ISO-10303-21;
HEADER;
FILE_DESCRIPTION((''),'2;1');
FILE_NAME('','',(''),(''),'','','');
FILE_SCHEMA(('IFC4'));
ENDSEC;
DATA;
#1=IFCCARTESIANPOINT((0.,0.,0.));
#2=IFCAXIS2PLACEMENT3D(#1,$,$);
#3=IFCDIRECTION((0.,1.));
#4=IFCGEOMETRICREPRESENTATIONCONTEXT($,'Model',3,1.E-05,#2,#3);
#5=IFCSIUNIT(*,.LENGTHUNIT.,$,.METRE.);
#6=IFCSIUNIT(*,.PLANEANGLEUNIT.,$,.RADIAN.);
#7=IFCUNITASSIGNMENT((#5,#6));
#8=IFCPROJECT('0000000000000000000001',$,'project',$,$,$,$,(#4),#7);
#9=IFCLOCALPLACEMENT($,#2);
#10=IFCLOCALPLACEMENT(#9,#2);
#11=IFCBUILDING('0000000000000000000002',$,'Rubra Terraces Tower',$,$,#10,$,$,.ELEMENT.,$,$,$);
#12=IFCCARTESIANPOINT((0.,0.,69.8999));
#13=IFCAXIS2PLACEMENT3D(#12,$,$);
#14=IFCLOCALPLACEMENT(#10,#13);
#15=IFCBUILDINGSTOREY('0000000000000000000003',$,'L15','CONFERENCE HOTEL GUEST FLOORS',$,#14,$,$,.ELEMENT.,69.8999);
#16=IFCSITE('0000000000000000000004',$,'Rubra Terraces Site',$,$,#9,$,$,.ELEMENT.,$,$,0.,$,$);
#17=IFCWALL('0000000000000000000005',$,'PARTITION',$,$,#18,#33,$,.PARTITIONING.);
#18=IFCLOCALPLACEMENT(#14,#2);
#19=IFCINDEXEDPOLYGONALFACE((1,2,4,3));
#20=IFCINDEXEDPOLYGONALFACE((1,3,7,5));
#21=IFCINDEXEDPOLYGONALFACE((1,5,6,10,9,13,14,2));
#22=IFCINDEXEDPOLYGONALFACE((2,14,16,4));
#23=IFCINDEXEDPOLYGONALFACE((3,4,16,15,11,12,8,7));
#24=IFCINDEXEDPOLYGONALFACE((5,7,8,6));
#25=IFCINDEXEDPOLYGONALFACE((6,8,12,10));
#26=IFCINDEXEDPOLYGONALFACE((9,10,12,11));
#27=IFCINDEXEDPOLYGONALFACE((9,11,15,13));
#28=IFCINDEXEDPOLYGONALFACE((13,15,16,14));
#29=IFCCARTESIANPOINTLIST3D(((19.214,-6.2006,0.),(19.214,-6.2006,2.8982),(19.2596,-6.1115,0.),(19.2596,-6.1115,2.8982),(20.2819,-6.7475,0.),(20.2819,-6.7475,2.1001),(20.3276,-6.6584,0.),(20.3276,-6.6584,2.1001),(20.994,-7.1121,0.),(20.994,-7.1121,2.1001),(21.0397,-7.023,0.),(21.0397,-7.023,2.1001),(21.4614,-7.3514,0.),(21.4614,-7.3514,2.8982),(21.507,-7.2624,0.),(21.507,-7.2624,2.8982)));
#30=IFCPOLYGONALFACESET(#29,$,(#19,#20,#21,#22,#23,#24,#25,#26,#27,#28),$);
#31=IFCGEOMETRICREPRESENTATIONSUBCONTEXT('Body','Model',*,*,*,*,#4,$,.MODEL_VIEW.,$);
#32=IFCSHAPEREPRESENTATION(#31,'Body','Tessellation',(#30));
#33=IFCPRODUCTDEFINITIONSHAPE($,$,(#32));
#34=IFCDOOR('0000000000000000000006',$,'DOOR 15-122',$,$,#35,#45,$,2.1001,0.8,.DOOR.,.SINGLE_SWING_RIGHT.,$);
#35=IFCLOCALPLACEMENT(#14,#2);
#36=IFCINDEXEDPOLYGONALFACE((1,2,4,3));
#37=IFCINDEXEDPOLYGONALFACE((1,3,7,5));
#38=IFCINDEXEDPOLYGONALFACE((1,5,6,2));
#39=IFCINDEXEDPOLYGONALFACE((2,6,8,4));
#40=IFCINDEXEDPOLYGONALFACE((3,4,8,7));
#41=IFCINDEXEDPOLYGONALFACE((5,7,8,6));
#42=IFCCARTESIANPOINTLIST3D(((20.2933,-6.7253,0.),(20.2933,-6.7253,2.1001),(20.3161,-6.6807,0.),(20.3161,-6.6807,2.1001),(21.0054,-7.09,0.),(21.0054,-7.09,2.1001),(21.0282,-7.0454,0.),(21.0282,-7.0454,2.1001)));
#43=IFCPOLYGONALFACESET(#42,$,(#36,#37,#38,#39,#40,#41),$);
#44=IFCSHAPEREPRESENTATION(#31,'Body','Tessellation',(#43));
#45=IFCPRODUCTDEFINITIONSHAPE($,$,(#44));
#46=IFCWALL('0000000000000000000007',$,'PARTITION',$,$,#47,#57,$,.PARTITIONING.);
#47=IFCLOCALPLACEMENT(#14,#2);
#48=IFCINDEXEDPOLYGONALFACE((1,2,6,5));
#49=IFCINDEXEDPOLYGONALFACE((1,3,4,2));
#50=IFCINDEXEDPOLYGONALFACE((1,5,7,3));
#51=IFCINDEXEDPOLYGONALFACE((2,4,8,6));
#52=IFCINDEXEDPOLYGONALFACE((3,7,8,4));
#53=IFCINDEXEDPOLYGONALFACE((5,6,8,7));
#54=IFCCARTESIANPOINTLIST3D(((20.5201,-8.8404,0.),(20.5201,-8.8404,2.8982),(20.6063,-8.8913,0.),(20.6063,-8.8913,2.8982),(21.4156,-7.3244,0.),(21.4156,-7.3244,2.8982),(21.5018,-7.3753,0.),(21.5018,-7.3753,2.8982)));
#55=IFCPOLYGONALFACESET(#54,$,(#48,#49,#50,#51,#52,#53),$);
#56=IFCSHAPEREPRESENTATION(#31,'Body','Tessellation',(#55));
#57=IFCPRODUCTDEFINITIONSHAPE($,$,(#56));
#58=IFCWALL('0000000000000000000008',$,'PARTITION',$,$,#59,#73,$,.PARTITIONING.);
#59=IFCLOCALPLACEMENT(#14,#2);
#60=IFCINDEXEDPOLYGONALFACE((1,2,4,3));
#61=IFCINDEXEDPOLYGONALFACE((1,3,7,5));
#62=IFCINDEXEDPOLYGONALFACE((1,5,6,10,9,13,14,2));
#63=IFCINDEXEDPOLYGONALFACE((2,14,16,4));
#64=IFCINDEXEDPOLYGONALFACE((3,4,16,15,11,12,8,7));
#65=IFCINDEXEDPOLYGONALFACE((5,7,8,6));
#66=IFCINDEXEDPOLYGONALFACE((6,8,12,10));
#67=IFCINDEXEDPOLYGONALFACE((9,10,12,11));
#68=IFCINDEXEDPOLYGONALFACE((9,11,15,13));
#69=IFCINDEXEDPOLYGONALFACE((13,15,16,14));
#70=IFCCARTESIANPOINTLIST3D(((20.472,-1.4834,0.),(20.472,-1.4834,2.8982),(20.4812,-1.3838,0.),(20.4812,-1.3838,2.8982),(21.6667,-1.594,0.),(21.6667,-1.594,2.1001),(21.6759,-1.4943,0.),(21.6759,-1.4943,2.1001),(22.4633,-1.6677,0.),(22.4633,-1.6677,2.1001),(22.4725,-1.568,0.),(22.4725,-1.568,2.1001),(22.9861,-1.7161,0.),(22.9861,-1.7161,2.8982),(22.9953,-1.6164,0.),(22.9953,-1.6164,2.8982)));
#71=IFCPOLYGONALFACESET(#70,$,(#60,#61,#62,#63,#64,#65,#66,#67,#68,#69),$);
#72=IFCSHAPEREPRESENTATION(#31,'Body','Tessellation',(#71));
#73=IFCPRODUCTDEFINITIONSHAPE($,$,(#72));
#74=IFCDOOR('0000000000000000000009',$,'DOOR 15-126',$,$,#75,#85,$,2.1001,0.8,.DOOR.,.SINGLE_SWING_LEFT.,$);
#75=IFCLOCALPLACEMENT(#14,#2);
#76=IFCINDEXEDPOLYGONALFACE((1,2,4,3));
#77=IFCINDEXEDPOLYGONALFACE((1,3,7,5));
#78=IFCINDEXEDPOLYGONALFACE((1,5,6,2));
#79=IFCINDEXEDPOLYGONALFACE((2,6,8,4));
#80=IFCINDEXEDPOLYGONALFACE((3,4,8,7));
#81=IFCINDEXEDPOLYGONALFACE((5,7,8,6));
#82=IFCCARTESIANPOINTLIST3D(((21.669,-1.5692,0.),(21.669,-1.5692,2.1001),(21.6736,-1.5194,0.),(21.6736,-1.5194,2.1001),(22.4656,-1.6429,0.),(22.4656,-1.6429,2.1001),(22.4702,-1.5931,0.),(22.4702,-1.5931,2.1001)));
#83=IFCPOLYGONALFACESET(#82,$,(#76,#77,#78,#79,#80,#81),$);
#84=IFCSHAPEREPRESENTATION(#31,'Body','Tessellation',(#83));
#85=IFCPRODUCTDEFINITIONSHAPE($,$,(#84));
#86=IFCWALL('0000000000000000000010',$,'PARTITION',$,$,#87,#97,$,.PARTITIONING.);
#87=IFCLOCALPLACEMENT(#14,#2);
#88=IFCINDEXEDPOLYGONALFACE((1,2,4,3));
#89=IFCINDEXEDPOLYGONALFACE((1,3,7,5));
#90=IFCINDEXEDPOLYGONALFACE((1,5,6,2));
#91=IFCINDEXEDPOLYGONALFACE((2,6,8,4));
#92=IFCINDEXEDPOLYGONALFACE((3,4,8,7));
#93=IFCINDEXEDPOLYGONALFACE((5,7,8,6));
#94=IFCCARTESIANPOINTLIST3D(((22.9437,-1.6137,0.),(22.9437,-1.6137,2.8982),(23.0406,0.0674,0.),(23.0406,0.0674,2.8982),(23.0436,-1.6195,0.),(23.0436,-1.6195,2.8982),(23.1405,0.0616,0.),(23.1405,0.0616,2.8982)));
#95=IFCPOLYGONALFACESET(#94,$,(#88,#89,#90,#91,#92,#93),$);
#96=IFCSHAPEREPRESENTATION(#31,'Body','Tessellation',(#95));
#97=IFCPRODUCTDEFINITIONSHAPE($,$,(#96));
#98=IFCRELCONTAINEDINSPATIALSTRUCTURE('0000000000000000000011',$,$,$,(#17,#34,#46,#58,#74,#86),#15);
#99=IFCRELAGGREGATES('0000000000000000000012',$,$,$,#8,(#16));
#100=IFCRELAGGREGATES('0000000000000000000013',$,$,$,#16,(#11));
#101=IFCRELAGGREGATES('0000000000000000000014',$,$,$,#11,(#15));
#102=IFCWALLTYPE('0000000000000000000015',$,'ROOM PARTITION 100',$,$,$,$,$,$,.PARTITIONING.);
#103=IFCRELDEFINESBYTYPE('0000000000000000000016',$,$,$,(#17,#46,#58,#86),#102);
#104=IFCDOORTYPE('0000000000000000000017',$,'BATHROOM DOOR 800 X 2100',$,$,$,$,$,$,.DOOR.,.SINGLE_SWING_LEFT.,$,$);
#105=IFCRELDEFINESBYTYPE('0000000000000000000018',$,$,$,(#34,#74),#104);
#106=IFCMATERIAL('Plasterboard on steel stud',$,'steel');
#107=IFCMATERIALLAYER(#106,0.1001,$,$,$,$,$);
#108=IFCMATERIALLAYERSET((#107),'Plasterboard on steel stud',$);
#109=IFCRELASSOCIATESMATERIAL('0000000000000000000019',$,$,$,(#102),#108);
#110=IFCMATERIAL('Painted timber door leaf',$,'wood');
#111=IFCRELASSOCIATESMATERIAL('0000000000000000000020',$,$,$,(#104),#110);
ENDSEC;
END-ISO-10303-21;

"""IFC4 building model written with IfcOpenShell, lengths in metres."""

from ifc_helpers import new_model, si_unit, direction, frame, frame_2d, origin, place, context, subcontext, project, spatial, rectangle, extrude, material, layer, layer_set, type_object, element, fill, save


model = new_model("IFC4")

# Units and contexts
model_context = context("Model", 3, precision=1e-05, world=origin(), true_north=direction((0.0, 1.0)))
body_context = subcontext(model_context, "Body", "Model", "MODEL_VIEW")
ifc_project = project(units=[si_unit("LENGTHUNIT", "METRE"), si_unit("PLANEANGLEUNIT", "RADIAN")], contexts=[model_context])

# Site, building, storey
site_placement = place(None, origin())
site = spatial("IfcSite", under=ifc_project, at=site_placement, Name="Rubra Terraces Site", CompositionType="ELEMENT", RefElevation=0.0)
building_placement = place(site_placement, origin())
building = spatial("IfcBuilding", under=site, at=building_placement, Name="Rubra Terraces Tower", CompositionType="ELEMENT")
storey_placement = place(building_placement, frame((0.0, 0.0, 69.8999)))
storey = spatial("IfcBuildingStorey", under=building, at=storey_placement, Name="L15", Description="CONFERENCE HOTEL GUEST FLOORS", CompositionType="ELEMENT", Elevation=69.8999)

# Wall, opening, door
ifc_material_1 = material(Name="Painted timber door leaf", Category="wood")
ifc_material_2 = material(Name="Plasterboard on steel stud", Category="steel")
ifc_layer_1 = layer(ifc_material_2, 0.1001)
ifc_layer_set_1 = layer_set([ifc_layer_1], Name="Plasterboard on steel stud")
wall_type_1 = type_object("IfcWallType", Name="ROOM PARTITION 100", PredefinedType="PARTITIONING", material=ifc_layer_set_1)
wall_1_placement = place(storey_placement, frame((19.2368, -6.156, 0.0), z_axis=(0.0, 0.0, 1.0), x_axis=(0.890073, -0.455818, 0.0)))
wall_1 = element("IfcWall", 1, at=wall_1_placement, inside=storey, type_object=wall_type_1, Name="PARTITION", PredefinedType="PARTITIONING", context=body_context, shape_type="SweptSolid", body=[
    extrude(rectangle(XDim=2.5249, YDim=0.1001, at=frame_2d((1.2625, 0.0))), origin(), (0.0, 0.0, 1.0), 2.8982),
])
opening_1_placement = place(wall_1_placement, frame((1.2, 0.0, 0.0)))
opening_1 = element("IfcOpeningElement", 2, at=opening_1_placement, cuts=wall_1, PredefinedType="OPENING", context=body_context, shape_type="SweptSolid", body=[
    extrude(rectangle(XDim=0.8, YDim=2.1001, at=frame_2d((0.3999, 1.05))), frame((0.0, 0.0601, 0.0), z_axis=(0.0, -1.0, 0.0), x_axis=(1.0, 0.0, 0.0)), (0.0, 0.0, 1.0), 0.1201),
])
door_type_1 = type_object("IfcDoorType", Name="BATHROOM DOOR 800 X 2100", OperationType="SINGLE_SWING_LEFT", PredefinedType="DOOR", material=ifc_material_1)
door_1_placement = place(opening_1_placement, origin())
door_1 = element("IfcDoor", 3, at=door_1_placement, inside=storey, type_object=door_type_1, Name="DOOR 15-122", OperationType="SINGLE_SWING_RIGHT", OverallHeight=2.1001, OverallWidth=0.8, PredefinedType="DOOR", context=body_context, shape_type="SweptSolid", body=[
    extrude(rectangle(XDim=0.8, YDim=2.1001, at=frame_2d((0.3999, 1.05))), frame((0.0, 0.0249, 0.0), z_axis=(0.0, -1.0, 0.0), x_axis=(1.0, 0.0, 0.0)), (0.0, 0.0, 1.0), 0.05),
])
fill(opening_1, door_1)

# Wall
wall_2_placement = place(storey_placement, frame((21.4587, -7.3499, 0.0), z_axis=(0.0, 0.0, 1.0), x_axis=(-0.508631, -0.860984, 0.0)))
element("IfcWall", 4, at=wall_2_placement, inside=storey, type_object=wall_type_1, Name="PARTITION", PredefinedType="PARTITIONING", context=body_context, shape_type="SweptSolid", body=[
    extrude(rectangle(XDim=1.7607, YDim=0.1001, at=frame_2d((0.8804, 0.0))), origin(), (0.0, 0.0, 1.0), 2.8982),
])

# Wall, opening, door
wall_3_placement = place(storey_placement, frame((20.4766, -1.4336, 0.0), z_axis=(0.0, 0.0, 1.0), x_axis=(0.995745, -0.092148, 0.0)))
wall_3 = element("IfcWall", 5, at=wall_3_placement, inside=storey, type_object=wall_type_1, Name="PARTITION", PredefinedType="PARTITIONING", context=body_context, shape_type="SweptSolid", body=[
    extrude(rectangle(XDim=2.5249, YDim=0.1001, at=frame_2d((1.2625, 0.0))), origin(), (0.0, 0.0, 1.0), 2.8982),
])
opening_2_placement = place(wall_3_placement, frame((1.2, 0.0, 0.0)))
opening_2 = element("IfcOpeningElement", 6, at=opening_2_placement, cuts=wall_3, PredefinedType="OPENING", context=body_context, shape_type="SweptSolid", body=[
    extrude(rectangle(XDim=0.8, YDim=2.1001, at=frame_2d((0.3999, 1.05))), frame((0.0, 0.0601, 0.0), z_axis=(0.0, -1.0, 0.0), x_axis=(1.0, 0.0, 0.0)), (0.0, 0.0, 1.0), 0.1201),
])
door_2_placement = place(opening_2_placement, origin())
door_2 = element("IfcDoor", 7, at=door_2_placement, inside=storey, type_object=door_type_1, Name="DOOR 15-126", OperationType="SINGLE_SWING_LEFT", OverallHeight=2.1001, OverallWidth=0.8, PredefinedType="DOOR", context=body_context, shape_type="SweptSolid", body=[
    extrude(rectangle(XDim=0.8, YDim=2.1001, at=frame_2d((0.3999, 1.05))), frame((0.0, 0.0249, 0.0), z_axis=(0.0, -1.0, 0.0), x_axis=(1.0, 0.0, 0.0)), (0.0, 0.0, 1.0), 0.05),
])
fill(opening_2, door_2)

# Wall
wall_4_placement = place(storey_placement, frame((22.9937, -1.6165, 0.0), z_axis=(0.0, 0.0, 1.0), x_axis=(0.057558, 0.998342, 0.0)))
element("IfcWall", 8, at=wall_4_placement, inside=storey, type_object=wall_type_1, Name="PARTITION", PredefinedType="PARTITIONING", context=body_context, shape_type="SweptSolid", body=[
    extrude(rectangle(XDim=1.6838, YDim=0.1001, at=frame_2d((0.8418, 0.0))), origin(), (0.0, 0.0, 1.0), 2.8982),
])

save(model, "model.ifc")
